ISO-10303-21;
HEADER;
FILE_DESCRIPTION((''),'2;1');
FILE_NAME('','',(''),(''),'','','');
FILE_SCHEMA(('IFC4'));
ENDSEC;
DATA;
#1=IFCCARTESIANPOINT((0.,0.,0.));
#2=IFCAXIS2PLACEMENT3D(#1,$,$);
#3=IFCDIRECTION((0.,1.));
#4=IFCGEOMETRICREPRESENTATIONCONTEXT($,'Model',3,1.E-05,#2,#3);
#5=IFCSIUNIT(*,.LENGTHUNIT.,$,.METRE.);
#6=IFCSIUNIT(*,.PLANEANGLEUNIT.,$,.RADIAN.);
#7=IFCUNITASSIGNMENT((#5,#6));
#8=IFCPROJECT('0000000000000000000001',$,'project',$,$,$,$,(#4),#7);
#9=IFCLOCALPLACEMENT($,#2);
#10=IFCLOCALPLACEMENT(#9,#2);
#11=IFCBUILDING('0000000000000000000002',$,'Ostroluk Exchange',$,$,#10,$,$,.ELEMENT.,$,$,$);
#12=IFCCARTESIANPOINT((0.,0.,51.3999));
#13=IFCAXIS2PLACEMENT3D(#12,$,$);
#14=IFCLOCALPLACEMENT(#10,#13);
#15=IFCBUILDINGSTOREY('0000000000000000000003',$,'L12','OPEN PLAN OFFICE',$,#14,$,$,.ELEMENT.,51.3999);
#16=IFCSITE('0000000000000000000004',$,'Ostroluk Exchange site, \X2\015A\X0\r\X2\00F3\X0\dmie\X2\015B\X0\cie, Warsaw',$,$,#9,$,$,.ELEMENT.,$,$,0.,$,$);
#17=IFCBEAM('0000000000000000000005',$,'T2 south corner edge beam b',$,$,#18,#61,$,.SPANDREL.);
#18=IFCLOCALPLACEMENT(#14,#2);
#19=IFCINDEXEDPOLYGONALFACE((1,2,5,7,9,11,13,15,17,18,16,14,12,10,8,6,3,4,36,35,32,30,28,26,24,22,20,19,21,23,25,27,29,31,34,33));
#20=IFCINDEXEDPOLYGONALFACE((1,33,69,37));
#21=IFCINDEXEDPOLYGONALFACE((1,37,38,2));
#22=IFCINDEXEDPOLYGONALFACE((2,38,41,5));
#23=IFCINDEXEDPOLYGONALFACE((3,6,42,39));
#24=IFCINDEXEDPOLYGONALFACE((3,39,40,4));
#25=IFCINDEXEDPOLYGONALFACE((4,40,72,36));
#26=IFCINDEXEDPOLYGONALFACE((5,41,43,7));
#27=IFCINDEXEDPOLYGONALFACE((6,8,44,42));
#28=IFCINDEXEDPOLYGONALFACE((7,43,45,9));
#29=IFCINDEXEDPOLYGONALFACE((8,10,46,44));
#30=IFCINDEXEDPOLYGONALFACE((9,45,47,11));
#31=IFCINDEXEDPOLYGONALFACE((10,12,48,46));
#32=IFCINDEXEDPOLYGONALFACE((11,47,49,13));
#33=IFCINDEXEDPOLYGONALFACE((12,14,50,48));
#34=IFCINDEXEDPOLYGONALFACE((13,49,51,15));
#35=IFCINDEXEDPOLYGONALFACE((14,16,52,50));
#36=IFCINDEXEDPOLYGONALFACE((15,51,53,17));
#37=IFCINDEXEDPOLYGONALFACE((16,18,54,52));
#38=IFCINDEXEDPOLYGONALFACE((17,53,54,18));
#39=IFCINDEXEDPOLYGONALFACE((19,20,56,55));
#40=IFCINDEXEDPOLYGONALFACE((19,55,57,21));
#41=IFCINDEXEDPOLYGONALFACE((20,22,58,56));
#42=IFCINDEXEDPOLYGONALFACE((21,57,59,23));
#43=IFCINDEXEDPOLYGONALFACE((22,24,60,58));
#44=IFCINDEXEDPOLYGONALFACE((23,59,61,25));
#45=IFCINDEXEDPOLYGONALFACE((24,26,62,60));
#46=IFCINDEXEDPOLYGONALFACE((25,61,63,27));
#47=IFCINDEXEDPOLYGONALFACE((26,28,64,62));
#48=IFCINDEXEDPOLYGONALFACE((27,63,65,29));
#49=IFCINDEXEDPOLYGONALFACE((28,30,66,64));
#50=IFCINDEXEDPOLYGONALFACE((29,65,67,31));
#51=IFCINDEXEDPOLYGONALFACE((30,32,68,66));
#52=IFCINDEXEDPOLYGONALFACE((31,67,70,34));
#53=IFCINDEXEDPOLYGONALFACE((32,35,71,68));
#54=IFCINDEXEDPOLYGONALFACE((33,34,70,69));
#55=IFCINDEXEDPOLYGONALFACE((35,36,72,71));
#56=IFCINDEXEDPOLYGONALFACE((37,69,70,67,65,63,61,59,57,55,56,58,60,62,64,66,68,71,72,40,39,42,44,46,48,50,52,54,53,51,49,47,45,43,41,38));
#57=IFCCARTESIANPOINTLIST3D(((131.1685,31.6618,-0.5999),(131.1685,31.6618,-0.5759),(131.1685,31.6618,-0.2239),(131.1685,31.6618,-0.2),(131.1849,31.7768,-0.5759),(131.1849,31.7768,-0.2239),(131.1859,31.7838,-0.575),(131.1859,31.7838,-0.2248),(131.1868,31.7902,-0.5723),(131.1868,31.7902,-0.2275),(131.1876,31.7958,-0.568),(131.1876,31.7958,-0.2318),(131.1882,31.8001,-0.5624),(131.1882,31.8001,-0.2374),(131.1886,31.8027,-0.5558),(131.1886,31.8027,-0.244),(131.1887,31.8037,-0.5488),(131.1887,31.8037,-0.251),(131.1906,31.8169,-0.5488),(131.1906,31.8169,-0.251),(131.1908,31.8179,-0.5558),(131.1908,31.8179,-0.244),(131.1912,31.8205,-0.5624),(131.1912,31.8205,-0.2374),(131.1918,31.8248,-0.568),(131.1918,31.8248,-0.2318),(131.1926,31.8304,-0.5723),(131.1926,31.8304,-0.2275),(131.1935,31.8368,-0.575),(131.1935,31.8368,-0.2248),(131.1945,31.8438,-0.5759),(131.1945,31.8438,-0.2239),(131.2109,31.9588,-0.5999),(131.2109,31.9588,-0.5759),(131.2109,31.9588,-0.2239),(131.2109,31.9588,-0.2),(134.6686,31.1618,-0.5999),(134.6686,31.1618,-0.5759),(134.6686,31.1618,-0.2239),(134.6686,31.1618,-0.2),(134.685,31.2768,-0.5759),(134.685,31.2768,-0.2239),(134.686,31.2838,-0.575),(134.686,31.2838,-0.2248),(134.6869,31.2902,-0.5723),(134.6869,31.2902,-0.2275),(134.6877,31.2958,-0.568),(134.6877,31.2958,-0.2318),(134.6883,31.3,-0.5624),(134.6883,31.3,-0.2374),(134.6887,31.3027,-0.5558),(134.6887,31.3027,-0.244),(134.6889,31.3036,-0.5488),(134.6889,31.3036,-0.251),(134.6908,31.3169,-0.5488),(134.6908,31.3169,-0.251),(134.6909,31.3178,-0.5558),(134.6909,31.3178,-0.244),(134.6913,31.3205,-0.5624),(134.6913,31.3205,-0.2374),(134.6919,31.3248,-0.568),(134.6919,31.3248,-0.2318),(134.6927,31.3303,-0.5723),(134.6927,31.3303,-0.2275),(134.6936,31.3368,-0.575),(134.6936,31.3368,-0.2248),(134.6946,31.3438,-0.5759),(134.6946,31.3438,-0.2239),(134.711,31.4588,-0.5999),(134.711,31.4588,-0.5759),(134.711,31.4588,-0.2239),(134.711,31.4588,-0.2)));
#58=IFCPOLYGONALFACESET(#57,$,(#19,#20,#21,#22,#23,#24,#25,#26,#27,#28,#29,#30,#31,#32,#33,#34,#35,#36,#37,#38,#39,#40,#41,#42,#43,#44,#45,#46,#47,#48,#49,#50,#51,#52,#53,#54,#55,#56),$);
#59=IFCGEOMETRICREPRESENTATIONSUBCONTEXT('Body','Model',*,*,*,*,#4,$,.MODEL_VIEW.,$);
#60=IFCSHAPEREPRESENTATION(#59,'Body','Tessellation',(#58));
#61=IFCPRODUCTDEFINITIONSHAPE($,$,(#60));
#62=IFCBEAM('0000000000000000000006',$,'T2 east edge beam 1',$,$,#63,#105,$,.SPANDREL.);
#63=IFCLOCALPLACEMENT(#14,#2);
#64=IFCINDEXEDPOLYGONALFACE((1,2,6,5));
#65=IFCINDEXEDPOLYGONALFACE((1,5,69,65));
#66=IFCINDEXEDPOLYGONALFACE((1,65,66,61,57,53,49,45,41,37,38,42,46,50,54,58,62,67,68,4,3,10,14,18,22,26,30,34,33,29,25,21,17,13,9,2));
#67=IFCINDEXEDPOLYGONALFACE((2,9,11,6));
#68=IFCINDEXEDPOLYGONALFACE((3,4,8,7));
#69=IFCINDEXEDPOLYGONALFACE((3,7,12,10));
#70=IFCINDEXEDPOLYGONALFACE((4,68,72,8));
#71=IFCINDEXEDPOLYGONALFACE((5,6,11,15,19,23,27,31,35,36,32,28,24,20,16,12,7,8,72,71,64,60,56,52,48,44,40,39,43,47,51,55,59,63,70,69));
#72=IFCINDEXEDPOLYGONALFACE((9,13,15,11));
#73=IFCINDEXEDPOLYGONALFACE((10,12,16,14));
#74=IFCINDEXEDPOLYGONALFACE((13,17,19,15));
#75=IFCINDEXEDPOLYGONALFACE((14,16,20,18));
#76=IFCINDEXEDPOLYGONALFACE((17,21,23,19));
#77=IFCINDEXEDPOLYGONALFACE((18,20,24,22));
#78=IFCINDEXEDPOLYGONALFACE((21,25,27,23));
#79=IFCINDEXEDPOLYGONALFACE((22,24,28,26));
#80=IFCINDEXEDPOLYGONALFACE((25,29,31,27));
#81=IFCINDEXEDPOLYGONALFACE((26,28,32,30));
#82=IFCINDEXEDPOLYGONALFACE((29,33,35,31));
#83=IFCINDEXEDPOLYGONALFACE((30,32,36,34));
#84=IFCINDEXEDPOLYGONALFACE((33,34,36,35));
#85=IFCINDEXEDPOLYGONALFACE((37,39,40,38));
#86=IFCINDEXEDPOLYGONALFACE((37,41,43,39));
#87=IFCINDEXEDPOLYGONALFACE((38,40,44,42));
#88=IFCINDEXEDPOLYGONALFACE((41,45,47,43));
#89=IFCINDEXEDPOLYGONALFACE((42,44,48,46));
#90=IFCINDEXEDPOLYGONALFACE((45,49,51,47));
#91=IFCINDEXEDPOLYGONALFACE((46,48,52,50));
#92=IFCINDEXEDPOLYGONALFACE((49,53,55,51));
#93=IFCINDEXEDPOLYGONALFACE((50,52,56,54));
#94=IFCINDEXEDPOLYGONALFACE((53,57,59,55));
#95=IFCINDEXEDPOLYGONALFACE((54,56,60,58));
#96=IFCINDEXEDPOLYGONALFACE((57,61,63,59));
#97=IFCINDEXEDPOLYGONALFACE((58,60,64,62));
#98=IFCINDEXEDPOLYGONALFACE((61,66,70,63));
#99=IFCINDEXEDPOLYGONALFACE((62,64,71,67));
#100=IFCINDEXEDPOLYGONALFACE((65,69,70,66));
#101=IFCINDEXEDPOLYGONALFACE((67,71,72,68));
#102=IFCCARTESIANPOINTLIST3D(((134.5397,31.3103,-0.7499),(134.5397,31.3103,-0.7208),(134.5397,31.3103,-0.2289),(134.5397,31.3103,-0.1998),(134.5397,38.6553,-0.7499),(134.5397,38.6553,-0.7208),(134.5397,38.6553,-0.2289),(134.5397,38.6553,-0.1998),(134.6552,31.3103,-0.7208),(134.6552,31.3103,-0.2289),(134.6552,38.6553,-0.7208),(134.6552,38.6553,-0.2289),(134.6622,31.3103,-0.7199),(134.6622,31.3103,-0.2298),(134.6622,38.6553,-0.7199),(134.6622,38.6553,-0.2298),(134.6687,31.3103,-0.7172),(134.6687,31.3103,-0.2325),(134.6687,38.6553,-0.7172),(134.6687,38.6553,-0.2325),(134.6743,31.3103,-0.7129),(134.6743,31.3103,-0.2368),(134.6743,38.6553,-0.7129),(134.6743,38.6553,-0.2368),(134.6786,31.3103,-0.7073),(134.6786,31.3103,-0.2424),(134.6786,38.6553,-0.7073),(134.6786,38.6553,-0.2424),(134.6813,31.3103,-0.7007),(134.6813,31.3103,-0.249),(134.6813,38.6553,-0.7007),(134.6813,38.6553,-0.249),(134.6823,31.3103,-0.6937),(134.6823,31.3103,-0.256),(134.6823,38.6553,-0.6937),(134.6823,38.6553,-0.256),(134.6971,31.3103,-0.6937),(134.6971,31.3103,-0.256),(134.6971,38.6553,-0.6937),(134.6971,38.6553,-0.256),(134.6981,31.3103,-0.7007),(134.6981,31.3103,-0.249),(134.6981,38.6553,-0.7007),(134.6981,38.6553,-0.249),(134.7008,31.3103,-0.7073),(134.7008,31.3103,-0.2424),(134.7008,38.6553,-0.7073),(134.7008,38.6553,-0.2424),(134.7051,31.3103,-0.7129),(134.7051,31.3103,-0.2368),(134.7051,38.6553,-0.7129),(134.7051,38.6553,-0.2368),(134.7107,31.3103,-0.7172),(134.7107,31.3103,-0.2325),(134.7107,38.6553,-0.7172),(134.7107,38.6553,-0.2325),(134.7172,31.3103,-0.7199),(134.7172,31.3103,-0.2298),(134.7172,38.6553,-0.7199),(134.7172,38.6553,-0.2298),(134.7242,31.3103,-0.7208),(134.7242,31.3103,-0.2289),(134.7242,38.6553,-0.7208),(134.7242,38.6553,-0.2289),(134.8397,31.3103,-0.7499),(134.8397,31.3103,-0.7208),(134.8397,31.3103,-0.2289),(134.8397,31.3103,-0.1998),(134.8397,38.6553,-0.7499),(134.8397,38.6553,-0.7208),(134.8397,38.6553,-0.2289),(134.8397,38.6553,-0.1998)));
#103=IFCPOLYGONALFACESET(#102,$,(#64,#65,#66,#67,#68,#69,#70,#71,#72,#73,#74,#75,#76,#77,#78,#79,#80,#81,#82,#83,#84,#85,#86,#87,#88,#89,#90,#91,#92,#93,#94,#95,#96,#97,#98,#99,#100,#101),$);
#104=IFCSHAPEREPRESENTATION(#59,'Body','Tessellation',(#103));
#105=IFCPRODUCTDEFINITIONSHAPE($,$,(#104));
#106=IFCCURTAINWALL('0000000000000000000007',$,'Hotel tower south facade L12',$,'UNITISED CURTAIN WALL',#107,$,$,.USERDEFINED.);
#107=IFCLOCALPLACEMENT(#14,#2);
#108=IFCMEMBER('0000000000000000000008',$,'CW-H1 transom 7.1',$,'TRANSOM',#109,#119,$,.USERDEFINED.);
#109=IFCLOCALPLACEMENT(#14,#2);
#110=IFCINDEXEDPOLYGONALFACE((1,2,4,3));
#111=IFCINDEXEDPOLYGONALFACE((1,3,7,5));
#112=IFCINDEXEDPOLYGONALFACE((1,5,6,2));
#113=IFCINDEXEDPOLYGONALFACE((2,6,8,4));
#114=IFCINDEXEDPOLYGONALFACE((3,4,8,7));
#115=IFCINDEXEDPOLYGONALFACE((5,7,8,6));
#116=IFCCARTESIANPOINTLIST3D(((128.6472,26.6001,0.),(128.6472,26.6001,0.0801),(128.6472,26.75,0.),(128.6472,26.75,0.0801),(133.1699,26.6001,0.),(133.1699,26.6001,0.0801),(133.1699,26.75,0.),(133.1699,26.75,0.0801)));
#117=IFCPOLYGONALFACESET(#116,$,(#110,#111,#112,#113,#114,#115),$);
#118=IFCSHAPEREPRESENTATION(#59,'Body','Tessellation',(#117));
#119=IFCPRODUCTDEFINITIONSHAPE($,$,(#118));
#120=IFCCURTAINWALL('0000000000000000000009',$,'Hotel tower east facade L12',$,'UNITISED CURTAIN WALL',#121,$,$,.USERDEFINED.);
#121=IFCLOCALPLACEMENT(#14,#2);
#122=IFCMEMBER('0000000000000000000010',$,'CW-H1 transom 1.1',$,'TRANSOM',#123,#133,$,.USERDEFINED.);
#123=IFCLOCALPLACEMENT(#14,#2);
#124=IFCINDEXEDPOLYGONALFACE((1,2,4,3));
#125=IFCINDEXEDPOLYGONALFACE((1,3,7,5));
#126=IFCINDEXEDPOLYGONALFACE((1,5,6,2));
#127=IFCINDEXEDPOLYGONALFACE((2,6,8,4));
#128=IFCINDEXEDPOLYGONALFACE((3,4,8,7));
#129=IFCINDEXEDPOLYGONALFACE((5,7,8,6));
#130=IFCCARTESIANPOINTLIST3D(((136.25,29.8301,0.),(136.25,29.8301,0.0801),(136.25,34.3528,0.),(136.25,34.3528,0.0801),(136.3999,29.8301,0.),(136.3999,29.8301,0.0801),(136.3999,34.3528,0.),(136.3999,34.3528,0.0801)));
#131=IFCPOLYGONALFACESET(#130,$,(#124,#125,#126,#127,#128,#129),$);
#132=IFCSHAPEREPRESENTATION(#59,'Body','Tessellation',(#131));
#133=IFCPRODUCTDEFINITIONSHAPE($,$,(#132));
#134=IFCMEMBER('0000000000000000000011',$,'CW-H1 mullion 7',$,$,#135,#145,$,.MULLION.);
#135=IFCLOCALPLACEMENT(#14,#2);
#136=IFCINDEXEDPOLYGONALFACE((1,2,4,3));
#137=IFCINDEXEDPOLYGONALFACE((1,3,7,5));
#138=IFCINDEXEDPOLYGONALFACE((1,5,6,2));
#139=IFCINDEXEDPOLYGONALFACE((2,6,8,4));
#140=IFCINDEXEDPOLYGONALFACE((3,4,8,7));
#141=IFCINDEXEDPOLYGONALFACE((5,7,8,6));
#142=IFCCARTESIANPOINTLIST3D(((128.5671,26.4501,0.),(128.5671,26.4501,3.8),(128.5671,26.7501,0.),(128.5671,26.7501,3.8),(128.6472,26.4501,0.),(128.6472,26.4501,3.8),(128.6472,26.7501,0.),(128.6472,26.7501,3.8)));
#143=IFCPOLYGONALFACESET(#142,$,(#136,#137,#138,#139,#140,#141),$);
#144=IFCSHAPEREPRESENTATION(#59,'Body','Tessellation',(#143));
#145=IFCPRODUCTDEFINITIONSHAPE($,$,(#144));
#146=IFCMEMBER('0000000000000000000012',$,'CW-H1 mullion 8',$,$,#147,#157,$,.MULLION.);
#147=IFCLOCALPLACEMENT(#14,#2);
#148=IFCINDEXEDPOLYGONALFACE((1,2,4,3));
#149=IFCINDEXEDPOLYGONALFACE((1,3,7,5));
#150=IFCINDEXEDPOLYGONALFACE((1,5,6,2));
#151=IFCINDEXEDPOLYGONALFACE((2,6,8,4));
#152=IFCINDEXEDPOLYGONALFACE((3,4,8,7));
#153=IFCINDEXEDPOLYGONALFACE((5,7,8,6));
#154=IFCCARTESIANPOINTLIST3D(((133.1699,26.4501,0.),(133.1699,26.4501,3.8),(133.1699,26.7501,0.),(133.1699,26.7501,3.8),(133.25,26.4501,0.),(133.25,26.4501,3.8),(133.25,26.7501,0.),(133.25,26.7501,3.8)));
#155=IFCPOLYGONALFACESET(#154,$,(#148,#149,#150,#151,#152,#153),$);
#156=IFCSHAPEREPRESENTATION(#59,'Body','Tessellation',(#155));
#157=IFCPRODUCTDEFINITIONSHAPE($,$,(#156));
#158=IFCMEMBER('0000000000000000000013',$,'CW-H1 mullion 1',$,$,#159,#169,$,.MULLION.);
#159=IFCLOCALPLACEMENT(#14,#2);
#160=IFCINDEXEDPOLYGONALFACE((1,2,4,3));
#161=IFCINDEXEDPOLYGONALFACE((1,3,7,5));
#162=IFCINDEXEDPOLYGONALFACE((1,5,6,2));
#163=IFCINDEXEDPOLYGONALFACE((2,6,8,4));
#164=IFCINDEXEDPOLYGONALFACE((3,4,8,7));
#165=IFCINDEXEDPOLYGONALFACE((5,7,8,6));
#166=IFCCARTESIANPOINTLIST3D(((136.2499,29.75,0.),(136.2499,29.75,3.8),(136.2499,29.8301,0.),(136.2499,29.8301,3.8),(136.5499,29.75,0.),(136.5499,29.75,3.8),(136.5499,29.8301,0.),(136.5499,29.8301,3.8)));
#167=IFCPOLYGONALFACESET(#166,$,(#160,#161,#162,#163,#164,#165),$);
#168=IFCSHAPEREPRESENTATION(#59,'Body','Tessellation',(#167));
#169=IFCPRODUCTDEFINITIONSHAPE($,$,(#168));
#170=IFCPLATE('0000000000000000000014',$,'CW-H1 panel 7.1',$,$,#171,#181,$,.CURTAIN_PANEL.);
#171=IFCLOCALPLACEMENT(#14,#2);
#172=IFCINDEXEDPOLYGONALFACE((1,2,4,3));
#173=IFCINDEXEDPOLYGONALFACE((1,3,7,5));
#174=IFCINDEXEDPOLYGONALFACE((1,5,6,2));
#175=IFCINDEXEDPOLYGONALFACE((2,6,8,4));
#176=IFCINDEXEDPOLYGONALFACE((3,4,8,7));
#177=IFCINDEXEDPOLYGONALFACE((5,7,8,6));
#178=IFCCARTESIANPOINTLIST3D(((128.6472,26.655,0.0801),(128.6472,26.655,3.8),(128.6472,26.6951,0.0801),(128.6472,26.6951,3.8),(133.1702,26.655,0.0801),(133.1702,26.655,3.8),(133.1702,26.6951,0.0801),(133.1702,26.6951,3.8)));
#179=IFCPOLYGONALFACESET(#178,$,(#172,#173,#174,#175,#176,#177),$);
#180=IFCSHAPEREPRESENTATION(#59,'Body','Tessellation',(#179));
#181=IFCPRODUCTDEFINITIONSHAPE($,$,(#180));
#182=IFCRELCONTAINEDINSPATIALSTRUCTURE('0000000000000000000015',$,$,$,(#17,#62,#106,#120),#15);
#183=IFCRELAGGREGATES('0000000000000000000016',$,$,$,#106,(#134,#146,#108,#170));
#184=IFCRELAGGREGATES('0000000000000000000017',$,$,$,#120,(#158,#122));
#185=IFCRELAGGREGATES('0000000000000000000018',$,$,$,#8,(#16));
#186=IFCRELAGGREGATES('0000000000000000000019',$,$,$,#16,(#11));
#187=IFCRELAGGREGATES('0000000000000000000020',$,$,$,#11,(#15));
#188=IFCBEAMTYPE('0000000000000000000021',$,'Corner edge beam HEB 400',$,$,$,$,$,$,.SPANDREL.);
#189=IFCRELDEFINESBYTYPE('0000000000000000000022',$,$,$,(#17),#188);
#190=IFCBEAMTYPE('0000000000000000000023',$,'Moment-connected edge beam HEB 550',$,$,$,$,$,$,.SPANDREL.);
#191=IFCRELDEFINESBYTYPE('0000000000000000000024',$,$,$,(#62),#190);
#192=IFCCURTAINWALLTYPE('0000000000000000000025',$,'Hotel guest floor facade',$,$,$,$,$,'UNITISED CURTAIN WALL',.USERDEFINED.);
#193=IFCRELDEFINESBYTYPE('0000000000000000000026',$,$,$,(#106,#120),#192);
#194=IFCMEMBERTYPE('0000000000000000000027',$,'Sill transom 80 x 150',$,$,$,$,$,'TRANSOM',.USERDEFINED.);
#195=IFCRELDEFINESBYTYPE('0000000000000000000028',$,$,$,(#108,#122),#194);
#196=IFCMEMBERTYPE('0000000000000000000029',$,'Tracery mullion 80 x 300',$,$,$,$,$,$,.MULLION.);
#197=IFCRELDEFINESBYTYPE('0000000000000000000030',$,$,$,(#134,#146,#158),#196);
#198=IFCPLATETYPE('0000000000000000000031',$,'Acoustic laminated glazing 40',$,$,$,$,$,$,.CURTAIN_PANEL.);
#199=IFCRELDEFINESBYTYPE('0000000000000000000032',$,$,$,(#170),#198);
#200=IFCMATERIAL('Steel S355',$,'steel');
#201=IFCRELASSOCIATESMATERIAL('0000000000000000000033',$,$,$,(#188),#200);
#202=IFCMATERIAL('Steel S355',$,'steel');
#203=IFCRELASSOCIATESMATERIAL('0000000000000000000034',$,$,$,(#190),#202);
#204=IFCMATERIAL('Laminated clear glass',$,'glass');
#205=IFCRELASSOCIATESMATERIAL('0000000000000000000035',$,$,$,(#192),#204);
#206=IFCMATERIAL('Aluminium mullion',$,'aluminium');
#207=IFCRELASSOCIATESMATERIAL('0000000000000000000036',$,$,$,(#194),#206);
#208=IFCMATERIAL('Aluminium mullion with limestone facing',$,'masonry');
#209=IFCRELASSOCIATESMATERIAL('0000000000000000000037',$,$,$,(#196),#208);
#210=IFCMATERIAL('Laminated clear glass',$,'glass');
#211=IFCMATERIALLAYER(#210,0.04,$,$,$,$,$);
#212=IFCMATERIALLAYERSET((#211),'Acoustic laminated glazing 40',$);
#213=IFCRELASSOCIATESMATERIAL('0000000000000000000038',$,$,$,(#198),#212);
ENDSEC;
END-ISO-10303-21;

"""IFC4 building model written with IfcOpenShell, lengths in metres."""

from ifc_helpers import new_model, si_unit, direction, frame, origin, origin_2d, place, context, subcontext, project, spatial, rectangle, i_section, extrude, material, layer, layer_set, material_profile, profile_set, type_object, element, aggregate, save


model = new_model("IFC4")

# Units and contexts
model_context = context("Model", 3, precision=1e-05, world=origin(), true_north=direction((0.0, 1.0)))
body_context = subcontext(model_context, "Body", "Model", "MODEL_VIEW")
ifc_project = project(units=[si_unit("LENGTHUNIT", "METRE"), si_unit("PLANEANGLEUNIT", "RADIAN")], contexts=[model_context])

# Site, building, storey
site_placement = place(None, origin())
site = spatial("IfcSite", under=ifc_project, at=site_placement, Name="Ostroluk Exchange site, Śródmieście, Warsaw", CompositionType="ELEMENT", RefElevation=0.0)
building_placement = place(site_placement, origin())
building = spatial("IfcBuilding", under=site, at=building_placement, Name="Ostroluk Exchange", CompositionType="ELEMENT")
storey_placement = place(building_placement, frame((0.0, 0.0, 51.3999)))
storey = spatial("IfcBuildingStorey", under=building, at=storey_placement, Name="L12", Description="OPEN PLAN OFFICE", CompositionType="ELEMENT", Elevation=51.3999)

# Beams
ifc_material_1 = material(Name="Steel S355", Category="steel")
ifc_material_profile_1 = material_profile(ifc_material_1, i_section(OverallWidth=0.3, OverallDepth=0.3999, WebThickness=0.0134, FlangeThickness=0.0239, FilletRadius=0.0271, at=origin_2d()), Name="HEB 400")
ifc_profile_set_1 = profile_set([ifc_material_profile_1], Name="Steel S355")
beam_type_1 = type_object("IfcBeamType", Name="Corner edge beam HEB 400", PredefinedType="SPANDREL", material=ifc_profile_set_1)
for number, where, z_axis, x_axis, name in (
    (1, (131.1897, 31.8103, -0.3999), (0.989949, -0.141421, 0.0), (0.141421, 0.989949, 0.0), "T2 south corner edge beam b"),
):
    element("IfcBeam", number, at=place(storey_placement, frame(where, z_axis=z_axis, x_axis=x_axis)), inside=storey, type_object=beam_type_1, Name=name, PredefinedType="SPANDREL", context=body_context, shape_type="SweptSolid", body=[
        extrude(i_section(OverallWidth=0.3, OverallDepth=0.3999, WebThickness=0.0134, FlangeThickness=0.0239, FilletRadius=0.0271, at=origin_2d()), origin(), (0.0, 0.0, 1.0), 3.5356),
    ])
ifc_material_2 = material(Name="Steel S355", Category="steel")
ifc_material_profile_2 = material_profile(ifc_material_2, i_section(OverallWidth=0.3, OverallDepth=0.55, WebThickness=0.0149, FlangeThickness=0.0291, FilletRadius=0.0271, at=origin_2d()), Name="HEB 550")
ifc_profile_set_2 = profile_set([ifc_material_profile_2], Name="Steel S355")
beam_type_2 = type_object("IfcBeamType", Name="Moment-connected edge beam HEB 550", PredefinedType="SPANDREL", material=ifc_profile_set_2)
beam_1_placement = place(storey_placement, frame((134.6897, 31.3103, -0.4749), z_axis=(0.0, 1.0, 0.0), x_axis=(-1.0, 0.0, 0.0)))
element("IfcBeam", 2, at=beam_1_placement, inside=storey, type_object=beam_type_2, Name="T2 east edge beam 1", PredefinedType="SPANDREL", context=body_context, shape_type="SweptSolid", body=[
    extrude(i_section(OverallWidth=0.3, OverallDepth=0.55, WebThickness=0.0149, FlangeThickness=0.0291, FilletRadius=0.0271, at=origin_2d()), origin(), (0.0, 0.0, 1.0), 7.345),
])

# Curtain walls, members
ifc_material_3 = material(Name="Laminated clear glass", Category="glass")
curtain_wall_type = type_object("IfcCurtainWallType", Name="Hotel guest floor facade", ElementType="UNITISED CURTAIN WALL", PredefinedType="USERDEFINED", material=ifc_material_3)
curtain_wall_1_placement = place(storey_placement, origin())
curtain_wall_1 = element("IfcCurtainWall", 3, at=curtain_wall_1_placement, inside=storey, type_object=curtain_wall_type, Name="Hotel tower south facade L12", ObjectType="UNITISED CURTAIN WALL", PredefinedType="USERDEFINED")
ifc_material_4 = material(Name="Aluminium mullion", Category="aluminium")
ifc_material_profile_3 = material_profile(ifc_material_4, rectangle(XDim=0.1499, YDim=0.0801, at=origin_2d()), Name="Sill transom 80 x 150")
ifc_profile_set_3 = profile_set([ifc_material_profile_3], Name="Aluminium mullion")
member_type_1 = type_object("IfcMemberType", Name="Sill transom 80 x 150", ElementType="TRANSOM", PredefinedType="USERDEFINED", material=ifc_profile_set_3)
member_1_placement = place(storey_placement, frame((128.6472, 26.675, 0.04), z_axis=(1.0, 0.0, 0.0), x_axis=(0.0, 1.0, 0.0)))
member_1 = element("IfcMember", 4, at=member_1_placement, type_object=member_type_1, Name="CW-H1 transom 7.1", ObjectType="TRANSOM", PredefinedType="USERDEFINED", context=body_context, shape_type="SweptSolid", body=[
    extrude(rectangle(XDim=0.1499, YDim=0.0801, at=origin_2d()), origin(), (0.0, 0.0, 1.0), 4.5227),
])
curtain_wall_2_placement = place(storey_placement, origin())
curtain_wall_2 = element("IfcCurtainWall", 5, at=curtain_wall_2_placement, inside=storey, type_object=curtain_wall_type, Name="Hotel tower east facade L12", ObjectType="UNITISED CURTAIN WALL", PredefinedType="USERDEFINED")
member_2_placement = place(storey_placement, frame((136.325, 29.8301, 0.04), z_axis=(0.0, 1.0, 0.0), x_axis=(-1.0, 0.0, 0.0)))
member_2 = element("IfcMember", 6, at=member_2_placement, type_object=member_type_1, Name="CW-H1 transom 1.1", ObjectType="TRANSOM", PredefinedType="USERDEFINED", context=body_context, shape_type="SweptSolid", body=[
    extrude(rectangle(XDim=0.1499, YDim=0.0801, at=origin_2d()), origin(), (0.0, 0.0, 1.0), 4.5227),
])

# Members
ifc_material_5 = material(Name="Aluminium mullion with limestone facing", Category="masonry")
ifc_material_profile_4 = material_profile(ifc_material_5, rectangle(XDim=0.3, YDim=0.0801, at=origin_2d()), Name="Tracery mullion 80 x 300")
ifc_profile_set_4 = profile_set([ifc_material_profile_4], Name="Aluminium mullion with limestone facing")
member_type_2 = type_object("IfcMemberType", Name="Tracery mullion 80 x 300", PredefinedType="MULLION", material=ifc_profile_set_4)
member_3_placement = place(storey_placement, frame((128.6072, 26.6001, 0.0), z_axis=(0.0, 0.0, 1.0), x_axis=(0.0, 1.0, 0.0)))
member_3 = element("IfcMember", 7, at=member_3_placement, type_object=member_type_2, Name="CW-H1 mullion 7", PredefinedType="MULLION", context=body_context, shape_type="SweptSolid", body=[
    extrude(rectangle(XDim=0.3, YDim=0.0801, at=origin_2d()), origin(), (0.0, 0.0, 1.0), 3.8),
])
member_4_placement = place(storey_placement, frame((133.21, 26.6001, 0.0), z_axis=(0.0, 0.0, 1.0), x_axis=(0.0, 1.0, 0.0)))
member_4 = element("IfcMember", 8, at=member_4_placement, type_object=member_type_2, Name="CW-H1 mullion 8", PredefinedType="MULLION", context=body_context, shape_type="SweptSolid", body=[
    extrude(rectangle(XDim=0.3, YDim=0.0801, at=origin_2d()), origin(), (0.0, 0.0, 1.0), 3.8),
])
member_5_placement = place(storey_placement, frame((136.3999, 29.79, 0.0), z_axis=(0.0, 0.0, 1.0), x_axis=(-1.0, 0.0, 0.0)))
member_5 = element("IfcMember", 9, at=member_5_placement, type_object=member_type_2, Name="CW-H1 mullion 1", PredefinedType="MULLION", context=body_context, shape_type="SweptSolid", body=[
    extrude(rectangle(XDim=0.3, YDim=0.0801, at=origin_2d()), origin(), (0.0, 0.0, 1.0), 3.8),
])

# Plate
ifc_material_6 = material(Name="Laminated clear glass", Category="glass")
ifc_layer_1 = layer(ifc_material_6, 0.04)
ifc_layer_set_1 = layer_set([ifc_layer_1], Name="Acoustic laminated glazing 40")
plate_type_1 = type_object("IfcPlateType", Name="Acoustic laminated glazing 40", PredefinedType="CURTAIN_PANEL", material=ifc_layer_set_1)
plate_1_placement = place(storey_placement, frame((130.9087, 26.675, 0.0801), z_axis=(0.0, 0.0, 1.0), x_axis=(1.0, 0.0, 0.0)))
plate_1 = element("IfcPlate", 10, at=plate_1_placement, type_object=plate_type_1, Name="CW-H1 panel 7.1", PredefinedType="CURTAIN_PANEL", context=body_context, shape_type="SweptSolid", body=[
    extrude(rectangle(XDim=4.5229, YDim=0.04, at=origin_2d()), origin(), (0.0, 0.0, 1.0), 3.72),
])
aggregate(curtain_wall_1, [member_3, member_4, member_1, plate_1])
aggregate(curtain_wall_2, [member_5, member_2])

save(model, "model.ifc")
